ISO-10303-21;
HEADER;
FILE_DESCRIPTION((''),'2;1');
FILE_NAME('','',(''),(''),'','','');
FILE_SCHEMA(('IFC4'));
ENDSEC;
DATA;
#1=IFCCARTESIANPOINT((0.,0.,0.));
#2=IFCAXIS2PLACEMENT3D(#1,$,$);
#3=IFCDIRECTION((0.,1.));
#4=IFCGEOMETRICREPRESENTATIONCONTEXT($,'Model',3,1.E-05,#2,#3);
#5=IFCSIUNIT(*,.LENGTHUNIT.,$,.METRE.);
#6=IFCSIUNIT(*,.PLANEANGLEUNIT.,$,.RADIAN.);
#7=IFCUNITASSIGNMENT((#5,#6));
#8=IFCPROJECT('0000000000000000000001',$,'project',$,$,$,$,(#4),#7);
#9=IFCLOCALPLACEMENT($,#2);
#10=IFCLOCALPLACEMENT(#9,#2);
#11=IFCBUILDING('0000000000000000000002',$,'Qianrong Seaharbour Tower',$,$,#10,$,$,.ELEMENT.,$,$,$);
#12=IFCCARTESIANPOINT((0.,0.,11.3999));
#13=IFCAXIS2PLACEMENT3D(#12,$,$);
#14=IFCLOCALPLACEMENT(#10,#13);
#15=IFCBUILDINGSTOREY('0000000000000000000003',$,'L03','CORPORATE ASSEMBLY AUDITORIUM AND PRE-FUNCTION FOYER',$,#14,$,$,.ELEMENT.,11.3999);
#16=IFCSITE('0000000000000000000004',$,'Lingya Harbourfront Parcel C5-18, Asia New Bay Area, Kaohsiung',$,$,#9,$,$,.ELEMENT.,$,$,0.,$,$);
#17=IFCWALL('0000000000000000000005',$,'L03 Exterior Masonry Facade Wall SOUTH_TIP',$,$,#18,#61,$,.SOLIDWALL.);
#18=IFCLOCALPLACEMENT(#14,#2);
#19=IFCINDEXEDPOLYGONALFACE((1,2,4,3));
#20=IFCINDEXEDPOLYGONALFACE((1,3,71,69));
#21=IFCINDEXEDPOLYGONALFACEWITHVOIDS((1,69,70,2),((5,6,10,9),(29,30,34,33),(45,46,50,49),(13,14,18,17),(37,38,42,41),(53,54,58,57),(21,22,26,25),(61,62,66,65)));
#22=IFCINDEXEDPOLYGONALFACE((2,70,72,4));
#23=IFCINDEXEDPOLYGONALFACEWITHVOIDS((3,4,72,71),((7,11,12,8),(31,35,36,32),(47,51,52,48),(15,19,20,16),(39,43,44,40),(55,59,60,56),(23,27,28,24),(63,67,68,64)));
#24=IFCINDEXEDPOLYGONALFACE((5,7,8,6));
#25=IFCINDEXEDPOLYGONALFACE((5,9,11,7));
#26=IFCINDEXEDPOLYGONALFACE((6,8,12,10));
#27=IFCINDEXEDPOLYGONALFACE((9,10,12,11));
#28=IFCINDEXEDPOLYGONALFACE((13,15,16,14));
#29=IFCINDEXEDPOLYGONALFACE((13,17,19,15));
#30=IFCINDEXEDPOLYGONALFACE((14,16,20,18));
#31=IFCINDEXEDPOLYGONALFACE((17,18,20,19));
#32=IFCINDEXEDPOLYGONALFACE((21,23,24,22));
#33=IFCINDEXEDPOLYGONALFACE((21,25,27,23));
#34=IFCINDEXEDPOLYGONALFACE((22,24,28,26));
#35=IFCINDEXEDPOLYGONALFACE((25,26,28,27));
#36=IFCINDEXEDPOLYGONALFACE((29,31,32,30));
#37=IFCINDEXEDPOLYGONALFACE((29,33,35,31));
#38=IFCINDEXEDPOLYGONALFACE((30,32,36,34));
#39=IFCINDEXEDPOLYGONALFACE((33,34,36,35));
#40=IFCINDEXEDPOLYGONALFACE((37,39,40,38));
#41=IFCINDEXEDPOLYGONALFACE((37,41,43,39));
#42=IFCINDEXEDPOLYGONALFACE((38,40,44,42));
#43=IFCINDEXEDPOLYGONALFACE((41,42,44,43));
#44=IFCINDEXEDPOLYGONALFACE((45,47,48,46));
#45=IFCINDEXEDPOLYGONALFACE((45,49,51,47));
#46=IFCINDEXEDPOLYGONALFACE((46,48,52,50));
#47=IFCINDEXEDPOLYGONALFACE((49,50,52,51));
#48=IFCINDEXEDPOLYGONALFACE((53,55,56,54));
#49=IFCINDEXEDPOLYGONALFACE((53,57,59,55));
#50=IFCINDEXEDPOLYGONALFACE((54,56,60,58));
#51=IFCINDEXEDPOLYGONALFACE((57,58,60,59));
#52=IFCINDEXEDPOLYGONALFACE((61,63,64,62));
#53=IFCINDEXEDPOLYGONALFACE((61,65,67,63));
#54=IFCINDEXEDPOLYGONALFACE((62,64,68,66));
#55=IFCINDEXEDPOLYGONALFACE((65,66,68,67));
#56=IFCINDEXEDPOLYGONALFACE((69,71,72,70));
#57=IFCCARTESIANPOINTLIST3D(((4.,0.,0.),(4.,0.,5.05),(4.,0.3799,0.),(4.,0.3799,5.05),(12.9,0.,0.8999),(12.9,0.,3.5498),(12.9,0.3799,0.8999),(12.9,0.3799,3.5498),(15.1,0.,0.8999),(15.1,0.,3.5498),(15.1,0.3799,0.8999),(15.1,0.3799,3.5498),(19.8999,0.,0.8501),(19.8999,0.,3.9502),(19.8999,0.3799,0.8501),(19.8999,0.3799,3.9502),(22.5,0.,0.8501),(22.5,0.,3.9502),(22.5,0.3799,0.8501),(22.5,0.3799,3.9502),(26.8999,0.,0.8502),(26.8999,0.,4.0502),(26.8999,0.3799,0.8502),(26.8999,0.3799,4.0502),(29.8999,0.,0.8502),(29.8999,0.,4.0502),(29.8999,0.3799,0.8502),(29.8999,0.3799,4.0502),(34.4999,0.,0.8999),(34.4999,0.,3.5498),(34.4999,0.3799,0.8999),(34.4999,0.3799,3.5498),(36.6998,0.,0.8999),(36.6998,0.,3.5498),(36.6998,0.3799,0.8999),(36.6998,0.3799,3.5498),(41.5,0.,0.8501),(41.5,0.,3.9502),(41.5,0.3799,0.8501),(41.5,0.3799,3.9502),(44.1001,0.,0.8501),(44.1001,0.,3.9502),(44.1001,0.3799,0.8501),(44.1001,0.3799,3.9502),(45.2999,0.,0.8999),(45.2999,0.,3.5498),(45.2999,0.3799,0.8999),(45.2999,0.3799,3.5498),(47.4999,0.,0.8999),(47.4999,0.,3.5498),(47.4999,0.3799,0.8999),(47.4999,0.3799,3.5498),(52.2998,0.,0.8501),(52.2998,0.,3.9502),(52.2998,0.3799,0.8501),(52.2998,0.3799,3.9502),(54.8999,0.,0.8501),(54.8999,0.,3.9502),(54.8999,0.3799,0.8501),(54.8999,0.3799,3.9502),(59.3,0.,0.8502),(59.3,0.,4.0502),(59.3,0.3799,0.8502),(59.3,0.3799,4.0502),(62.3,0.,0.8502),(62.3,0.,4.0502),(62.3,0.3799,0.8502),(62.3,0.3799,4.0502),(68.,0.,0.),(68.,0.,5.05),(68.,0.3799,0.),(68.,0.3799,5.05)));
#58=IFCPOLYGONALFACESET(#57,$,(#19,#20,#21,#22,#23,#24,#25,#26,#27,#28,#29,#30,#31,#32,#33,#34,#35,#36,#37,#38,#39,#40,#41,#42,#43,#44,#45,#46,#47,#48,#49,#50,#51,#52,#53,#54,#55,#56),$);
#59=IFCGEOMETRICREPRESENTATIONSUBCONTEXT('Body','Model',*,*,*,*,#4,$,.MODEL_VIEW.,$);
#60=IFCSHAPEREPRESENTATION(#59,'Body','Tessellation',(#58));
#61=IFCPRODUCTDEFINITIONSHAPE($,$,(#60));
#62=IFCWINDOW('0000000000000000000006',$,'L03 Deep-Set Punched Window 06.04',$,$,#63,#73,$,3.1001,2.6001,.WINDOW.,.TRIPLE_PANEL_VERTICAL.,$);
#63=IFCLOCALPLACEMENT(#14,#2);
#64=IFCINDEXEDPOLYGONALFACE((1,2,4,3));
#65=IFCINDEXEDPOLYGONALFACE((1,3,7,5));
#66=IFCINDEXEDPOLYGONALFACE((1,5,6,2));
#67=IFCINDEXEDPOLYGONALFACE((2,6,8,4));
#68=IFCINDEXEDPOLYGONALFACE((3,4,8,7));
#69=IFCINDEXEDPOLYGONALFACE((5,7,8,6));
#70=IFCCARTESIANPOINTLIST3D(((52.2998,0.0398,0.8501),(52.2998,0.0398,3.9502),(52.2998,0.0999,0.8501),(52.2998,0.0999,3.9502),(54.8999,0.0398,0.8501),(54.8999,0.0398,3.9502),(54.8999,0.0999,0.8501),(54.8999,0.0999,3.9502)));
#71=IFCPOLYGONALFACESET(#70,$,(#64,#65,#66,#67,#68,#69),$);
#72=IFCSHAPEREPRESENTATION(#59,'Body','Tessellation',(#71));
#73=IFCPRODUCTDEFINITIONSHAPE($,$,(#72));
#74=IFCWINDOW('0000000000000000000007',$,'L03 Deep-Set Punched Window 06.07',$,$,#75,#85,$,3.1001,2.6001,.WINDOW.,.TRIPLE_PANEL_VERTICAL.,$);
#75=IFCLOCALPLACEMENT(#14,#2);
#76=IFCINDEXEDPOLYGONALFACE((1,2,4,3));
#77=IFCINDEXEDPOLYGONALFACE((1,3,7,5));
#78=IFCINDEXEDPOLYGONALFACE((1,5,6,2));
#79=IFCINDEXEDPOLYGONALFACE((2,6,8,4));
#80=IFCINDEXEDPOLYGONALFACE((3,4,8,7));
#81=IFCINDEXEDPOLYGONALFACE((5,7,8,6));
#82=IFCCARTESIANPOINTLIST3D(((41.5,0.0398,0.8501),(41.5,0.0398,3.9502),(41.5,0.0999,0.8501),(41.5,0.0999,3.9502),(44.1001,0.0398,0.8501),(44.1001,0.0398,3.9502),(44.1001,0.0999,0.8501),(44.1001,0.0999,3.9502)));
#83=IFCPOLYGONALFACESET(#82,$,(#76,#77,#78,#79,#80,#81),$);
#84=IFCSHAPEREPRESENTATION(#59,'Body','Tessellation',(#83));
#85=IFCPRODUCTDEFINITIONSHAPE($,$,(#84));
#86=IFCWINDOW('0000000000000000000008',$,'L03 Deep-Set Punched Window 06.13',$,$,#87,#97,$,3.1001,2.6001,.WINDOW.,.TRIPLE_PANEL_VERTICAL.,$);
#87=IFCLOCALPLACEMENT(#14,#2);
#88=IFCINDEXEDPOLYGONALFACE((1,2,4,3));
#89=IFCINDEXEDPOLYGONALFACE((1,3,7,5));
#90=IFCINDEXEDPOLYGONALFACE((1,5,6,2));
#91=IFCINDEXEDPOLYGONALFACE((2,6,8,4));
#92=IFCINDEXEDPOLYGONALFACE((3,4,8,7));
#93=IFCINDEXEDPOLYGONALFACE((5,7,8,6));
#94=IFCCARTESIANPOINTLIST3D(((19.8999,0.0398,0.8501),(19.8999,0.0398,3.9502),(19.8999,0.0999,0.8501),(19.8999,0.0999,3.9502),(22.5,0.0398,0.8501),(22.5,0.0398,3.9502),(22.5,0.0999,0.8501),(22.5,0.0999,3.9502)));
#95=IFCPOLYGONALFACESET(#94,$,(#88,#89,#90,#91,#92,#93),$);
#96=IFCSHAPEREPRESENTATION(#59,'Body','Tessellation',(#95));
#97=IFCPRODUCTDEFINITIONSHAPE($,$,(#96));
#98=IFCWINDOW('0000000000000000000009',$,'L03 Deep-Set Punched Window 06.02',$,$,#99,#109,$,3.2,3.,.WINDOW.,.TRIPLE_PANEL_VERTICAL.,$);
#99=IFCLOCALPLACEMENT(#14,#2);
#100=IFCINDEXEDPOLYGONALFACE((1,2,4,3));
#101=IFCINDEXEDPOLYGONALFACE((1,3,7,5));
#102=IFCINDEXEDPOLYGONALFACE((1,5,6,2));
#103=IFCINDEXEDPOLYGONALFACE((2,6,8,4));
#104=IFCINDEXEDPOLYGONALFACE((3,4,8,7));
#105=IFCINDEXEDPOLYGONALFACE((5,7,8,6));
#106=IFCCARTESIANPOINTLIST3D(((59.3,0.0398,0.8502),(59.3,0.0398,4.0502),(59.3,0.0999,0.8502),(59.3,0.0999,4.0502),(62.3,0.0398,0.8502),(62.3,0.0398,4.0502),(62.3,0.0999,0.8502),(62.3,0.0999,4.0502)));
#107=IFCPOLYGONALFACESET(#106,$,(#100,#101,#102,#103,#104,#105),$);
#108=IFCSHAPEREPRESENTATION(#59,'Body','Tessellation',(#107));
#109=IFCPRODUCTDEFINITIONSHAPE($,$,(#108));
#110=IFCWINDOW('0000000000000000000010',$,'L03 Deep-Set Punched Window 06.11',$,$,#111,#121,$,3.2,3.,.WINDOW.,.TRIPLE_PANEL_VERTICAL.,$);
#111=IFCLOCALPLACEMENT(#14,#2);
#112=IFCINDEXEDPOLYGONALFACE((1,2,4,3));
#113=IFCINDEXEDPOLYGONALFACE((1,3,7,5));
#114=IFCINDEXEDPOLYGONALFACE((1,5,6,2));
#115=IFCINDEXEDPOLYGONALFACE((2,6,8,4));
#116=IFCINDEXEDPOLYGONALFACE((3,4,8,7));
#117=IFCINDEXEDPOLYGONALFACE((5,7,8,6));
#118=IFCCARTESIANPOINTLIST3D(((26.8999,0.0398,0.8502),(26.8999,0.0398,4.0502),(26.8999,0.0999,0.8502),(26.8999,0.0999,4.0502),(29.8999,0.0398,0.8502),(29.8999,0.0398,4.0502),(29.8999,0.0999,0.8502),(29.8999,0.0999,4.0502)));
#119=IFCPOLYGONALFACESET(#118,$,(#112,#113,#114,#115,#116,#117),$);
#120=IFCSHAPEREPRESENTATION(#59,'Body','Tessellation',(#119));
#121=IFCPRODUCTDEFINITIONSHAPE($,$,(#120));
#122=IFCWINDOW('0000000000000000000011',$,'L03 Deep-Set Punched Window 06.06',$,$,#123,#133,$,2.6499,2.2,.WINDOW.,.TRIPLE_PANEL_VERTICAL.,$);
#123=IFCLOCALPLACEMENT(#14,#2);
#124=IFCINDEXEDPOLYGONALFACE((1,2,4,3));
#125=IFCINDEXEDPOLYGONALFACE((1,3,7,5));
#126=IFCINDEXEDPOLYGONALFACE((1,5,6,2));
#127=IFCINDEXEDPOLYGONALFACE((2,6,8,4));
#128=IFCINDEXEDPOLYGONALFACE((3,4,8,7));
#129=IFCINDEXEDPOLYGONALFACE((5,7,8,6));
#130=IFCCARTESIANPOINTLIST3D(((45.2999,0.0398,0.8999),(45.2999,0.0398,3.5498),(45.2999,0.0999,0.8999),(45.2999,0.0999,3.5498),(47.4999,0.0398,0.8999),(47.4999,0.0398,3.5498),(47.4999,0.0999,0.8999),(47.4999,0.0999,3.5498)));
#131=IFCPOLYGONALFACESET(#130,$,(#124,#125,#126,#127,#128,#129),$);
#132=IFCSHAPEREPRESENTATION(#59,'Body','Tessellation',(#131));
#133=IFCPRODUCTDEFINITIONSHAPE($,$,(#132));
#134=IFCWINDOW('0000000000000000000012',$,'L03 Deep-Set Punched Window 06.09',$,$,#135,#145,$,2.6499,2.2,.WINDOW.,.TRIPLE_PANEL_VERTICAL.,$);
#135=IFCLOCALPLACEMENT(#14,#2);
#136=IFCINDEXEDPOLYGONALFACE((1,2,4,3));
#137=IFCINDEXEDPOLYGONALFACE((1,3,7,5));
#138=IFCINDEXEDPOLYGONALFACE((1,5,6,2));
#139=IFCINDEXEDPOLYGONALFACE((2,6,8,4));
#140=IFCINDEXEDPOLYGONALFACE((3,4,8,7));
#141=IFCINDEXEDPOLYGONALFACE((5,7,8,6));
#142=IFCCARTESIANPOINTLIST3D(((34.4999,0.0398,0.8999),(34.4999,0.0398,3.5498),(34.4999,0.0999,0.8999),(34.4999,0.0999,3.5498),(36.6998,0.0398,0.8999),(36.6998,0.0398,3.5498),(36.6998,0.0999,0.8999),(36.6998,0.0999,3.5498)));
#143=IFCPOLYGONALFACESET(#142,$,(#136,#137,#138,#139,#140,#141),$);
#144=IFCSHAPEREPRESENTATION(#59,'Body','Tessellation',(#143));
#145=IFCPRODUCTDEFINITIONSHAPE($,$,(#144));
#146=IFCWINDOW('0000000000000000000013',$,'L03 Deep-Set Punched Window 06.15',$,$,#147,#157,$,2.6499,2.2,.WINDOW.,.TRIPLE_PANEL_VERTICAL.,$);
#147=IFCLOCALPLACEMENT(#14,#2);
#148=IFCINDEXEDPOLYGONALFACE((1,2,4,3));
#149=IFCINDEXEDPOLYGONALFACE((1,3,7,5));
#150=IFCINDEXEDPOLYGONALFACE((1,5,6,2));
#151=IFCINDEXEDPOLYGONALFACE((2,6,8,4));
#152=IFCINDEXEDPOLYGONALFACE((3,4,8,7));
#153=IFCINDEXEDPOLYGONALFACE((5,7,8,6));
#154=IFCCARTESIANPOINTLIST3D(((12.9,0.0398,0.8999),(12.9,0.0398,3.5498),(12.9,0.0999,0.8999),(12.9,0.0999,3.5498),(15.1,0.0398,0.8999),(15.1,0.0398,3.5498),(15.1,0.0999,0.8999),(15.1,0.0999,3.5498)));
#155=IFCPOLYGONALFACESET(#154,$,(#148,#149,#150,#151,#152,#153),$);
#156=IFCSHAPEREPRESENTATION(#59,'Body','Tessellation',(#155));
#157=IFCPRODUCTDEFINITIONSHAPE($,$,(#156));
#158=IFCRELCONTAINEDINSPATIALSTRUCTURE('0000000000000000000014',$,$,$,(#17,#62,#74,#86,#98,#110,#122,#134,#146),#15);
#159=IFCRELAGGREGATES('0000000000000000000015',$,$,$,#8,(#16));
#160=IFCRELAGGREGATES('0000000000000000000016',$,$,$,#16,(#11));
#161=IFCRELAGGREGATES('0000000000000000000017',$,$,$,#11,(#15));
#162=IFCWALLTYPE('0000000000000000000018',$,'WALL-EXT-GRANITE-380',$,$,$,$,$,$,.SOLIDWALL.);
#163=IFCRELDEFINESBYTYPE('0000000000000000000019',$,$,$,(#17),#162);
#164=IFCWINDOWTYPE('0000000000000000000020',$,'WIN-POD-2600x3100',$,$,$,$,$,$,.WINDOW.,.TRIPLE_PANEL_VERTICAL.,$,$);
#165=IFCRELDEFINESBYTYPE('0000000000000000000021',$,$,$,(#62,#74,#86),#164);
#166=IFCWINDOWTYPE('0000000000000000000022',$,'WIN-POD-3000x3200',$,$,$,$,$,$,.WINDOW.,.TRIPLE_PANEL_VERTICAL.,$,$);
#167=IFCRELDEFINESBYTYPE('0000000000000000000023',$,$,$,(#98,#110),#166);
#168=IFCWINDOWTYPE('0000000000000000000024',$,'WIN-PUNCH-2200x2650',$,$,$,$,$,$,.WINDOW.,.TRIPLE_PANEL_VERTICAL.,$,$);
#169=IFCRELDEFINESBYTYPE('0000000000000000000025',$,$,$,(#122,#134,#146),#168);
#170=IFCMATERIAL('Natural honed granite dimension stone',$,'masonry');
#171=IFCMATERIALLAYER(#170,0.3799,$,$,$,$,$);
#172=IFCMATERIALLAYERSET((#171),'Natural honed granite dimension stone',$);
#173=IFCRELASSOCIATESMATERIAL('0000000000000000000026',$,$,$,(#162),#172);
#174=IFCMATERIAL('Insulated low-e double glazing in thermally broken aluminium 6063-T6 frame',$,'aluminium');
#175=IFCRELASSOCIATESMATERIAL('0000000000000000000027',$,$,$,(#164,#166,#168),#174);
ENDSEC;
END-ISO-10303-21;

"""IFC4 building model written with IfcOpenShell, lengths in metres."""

from ifc_helpers import new_model, si_unit, direction, frame, frame_2d, origin, place, context, subcontext, project, spatial, rectangle, extrude, material, layer, layer_set, type_object, element, fill, save


model = new_model("IFC4")

# Units and contexts
model_context = context("Model", 3, precision=1e-05, world=origin(), true_north=direction((0.0, 1.0)))
body_context = subcontext(model_context, "Body", "Model", "MODEL_VIEW")
ifc_project = project(units=[si_unit("LENGTHUNIT", "METRE"), si_unit("PLANEANGLEUNIT", "RADIAN")], contexts=[model_context])

# Site, building, storey
site_placement = place(None, origin())
site = spatial("IfcSite", under=ifc_project, at=site_placement, Name="Lingya Harbourfront Parcel C5-18, Asia New Bay Area, Kaohsiung", CompositionType="ELEMENT", RefElevation=0.0)
building_placement = place(site_placement, origin())
building = spatial("IfcBuilding", under=site, at=building_placement, Name="Qianrong Seaharbour Tower", CompositionType="ELEMENT")
storey_placement = place(building_placement, frame((0.0, 0.0, 11.3999)))
storey = spatial("IfcBuildingStorey", under=building, at=storey_placement, Name="L03", Description="CORPORATE ASSEMBLY AUDITORIUM AND PRE-FUNCTION FOYER", CompositionType="ELEMENT", Elevation=11.3999)

# Shared definitions
ifc_material_1 = material(Name="Natural honed granite dimension stone", Category="masonry")
ifc_layer = layer(ifc_material_1, 0.3799)
ifc_layer_set = layer_set([ifc_layer], Name="Natural honed granite dimension stone")
wall_type = type_object("IfcWallType", Name="WALL-EXT-GRANITE-380", PredefinedType="SOLIDWALL", material=ifc_layer_set)

# Wall, openings, windows
wall_1_placement = place(storey_placement, frame((68.0, 0.1899, 0.0), z_axis=(0.0, 0.0, 1.0), x_axis=(-1.0, 0.0, 0.0)))
wall_1 = element("IfcWall", 1, at=wall_1_placement, inside=storey, type_object=wall_type, Name="L03 Exterior Masonry Facade Wall SOUTH_TIP", PredefinedType="SOLIDWALL", context=body_context, shape_type="SweptSolid", body=[
    extrude(rectangle(XDim=64.0, YDim=0.3799, at=frame_2d((32.0, 0.0))), origin(), (0.0, 0.0, 1.0), 5.05),
])
opening_1_placement = place(wall_1_placement, frame((5.7, 0.0, 0.8501)))
opening_1 = element("IfcOpeningElement", 2, at=opening_1_placement, cuts=wall_1, PredefinedType="OPENING", context=body_context, shape_type="SweptSolid", body=[
    extrude(rectangle(XDim=3.0, YDim=3.2, at=frame_2d((1.5, 1.6001))), frame((0.0, 0.2, 0.0), z_axis=(0.0, -1.0, 0.0), x_axis=(1.0, 0.0, 0.0)), (0.0, 0.0, 1.0), 0.3999),
])
opening_2_placement = place(wall_1_placement, frame((13.1001, 0.0, 0.8501)))
opening_2 = element("IfcOpeningElement", 3, at=opening_2_placement, cuts=wall_1, PredefinedType="OPENING", context=body_context, shape_type="SweptSolid", body=[
    extrude(rectangle(XDim=2.6001, YDim=3.1001, at=frame_2d((1.3, 1.55))), frame((0.0, 0.2, 0.0), z_axis=(0.0, -1.0, 0.0), x_axis=(1.0, 0.0, 0.0)), (0.0, 0.0, 1.0), 0.3999),
])
opening_3_placement = place(wall_1_placement, frame((20.5, 0.0, 0.8999)))
opening_3 = element("IfcOpeningElement", 4, at=opening_3_placement, cuts=wall_1, PredefinedType="OPENING", context=body_context, shape_type="SweptSolid", body=[
    extrude(rectangle(XDim=2.2, YDim=2.6499, at=frame_2d((1.1001, 1.325))), frame((0.0, 0.2, 0.0), z_axis=(0.0, -1.0, 0.0), x_axis=(1.0, 0.0, 0.0)), (0.0, 0.0, 1.0), 0.3999),
])
opening_4_placement = place(wall_1_placement, frame((23.8999, 0.0, 0.8501)))
opening_4 = element("IfcOpeningElement", 5, at=opening_4_placement, cuts=wall_1, PredefinedType="OPENING", context=body_context, shape_type="SweptSolid", body=[
    extrude(rectangle(XDim=2.6001, YDim=3.1001, at=frame_2d((1.3, 1.55))), frame((0.0, 0.2, 0.0), z_axis=(0.0, -1.0, 0.0), x_axis=(1.0, 0.0, 0.0)), (0.0, 0.0, 1.0), 0.3999),
])
opening_5_placement = place(wall_1_placement, frame((31.3, 0.0, 0.8999)))
opening_5 = element("IfcOpeningElement", 6, at=opening_5_placement, cuts=wall_1, PredefinedType="OPENING", context=body_context, shape_type="SweptSolid", body=[
    extrude(rectangle(XDim=2.2, YDim=2.6499, at=frame_2d((1.1001, 1.325))), frame((0.0, 0.2, 0.0), z_axis=(0.0, -1.0, 0.0), x_axis=(1.0, 0.0, 0.0)), (0.0, 0.0, 1.0), 0.3999),
])
opening_6_placement = place(wall_1_placement, frame((38.1001, 0.0, 0.8501)))
opening_6 = element("IfcOpeningElement", 7, at=opening_6_placement, cuts=wall_1, PredefinedType="OPENING", context=body_context, shape_type="SweptSolid", body=[
    extrude(rectangle(XDim=3.0, YDim=3.2, at=frame_2d((1.5, 1.6001))), frame((0.0, 0.2, 0.0), z_axis=(0.0, -1.0, 0.0), x_axis=(1.0, 0.0, 0.0)), (0.0, 0.0, 1.0), 0.3999),
])
opening_7_placement = place(wall_1_placement, frame((45.5, 0.0, 0.8501)))
opening_7 = element("IfcOpeningElement", 8, at=opening_7_placement, cuts=wall_1, PredefinedType="OPENING", context=body_context, shape_type="SweptSolid", body=[
    extrude(rectangle(XDim=2.6001, YDim=3.1001, at=frame_2d((1.3, 1.55))), frame((0.0, 0.2, 0.0), z_axis=(0.0, -1.0, 0.0), x_axis=(1.0, 0.0, 0.0)), (0.0, 0.0, 1.0), 0.3999),
])
opening_8_placement = place(wall_1_placement, frame((52.8999, 0.0, 0.8999)))
opening_8 = element("IfcOpeningElement", 9, at=opening_8_placement, cuts=wall_1, PredefinedType="OPENING", context=body_context, shape_type="SweptSolid", body=[
    extrude(rectangle(XDim=2.2, YDim=2.6499, at=frame_2d((1.1001, 1.325))), frame((0.0, 0.2, 0.0), z_axis=(0.0, -1.0, 0.0), x_axis=(1.0, 0.0, 0.0)), (0.0, 0.0, 1.0), 0.3999),
])
ifc_material_2 = material(Name="Insulated low-e double glazing in thermally broken aluminium 6063-T6 frame", Category="aluminium")
window_type_1 = type_object("IfcWindowType", Name="WIN-POD-2600x3100", PartitioningType="TRIPLE_PANEL_VERTICAL", PredefinedType="WINDOW", material=ifc_material_2)
window_1_placement = place(opening_2_placement, origin())
window_1 = element("IfcWindow", 10, at=window_1_placement, inside=storey, type_object=window_type_1, Name="L03 Deep-Set Punched Window 06.04", OverallHeight=3.1001, OverallWidth=2.6001, PartitioningType="TRIPLE_PANEL_VERTICAL", PredefinedType="WINDOW", context=body_context, shape_type="SweptSolid", body=[
    extrude(rectangle(XDim=2.6001, YDim=3.1001, at=frame_2d((1.3, 1.55))), frame((0.0, 0.1501, 0.0), z_axis=(0.0, -1.0, 0.0), x_axis=(1.0, 0.0, 0.0)), (0.0, 0.0, 1.0), 0.0601),
])
fill(opening_2, window_1)
window_2_placement = place(opening_4_placement, origin())
window_2 = element("IfcWindow", 11, at=window_2_placement, inside=storey, type_object=window_type_1, Name="L03 Deep-Set Punched Window 06.07", OverallHeight=3.1001, OverallWidth=2.6001, PartitioningType="TRIPLE_PANEL_VERTICAL", PredefinedType="WINDOW", context=body_context, shape_type="SweptSolid", body=[
    extrude(rectangle(XDim=2.6001, YDim=3.1001, at=frame_2d((1.3, 1.55))), frame((0.0, 0.1501, 0.0), z_axis=(0.0, -1.0, 0.0), x_axis=(1.0, 0.0, 0.0)), (0.0, 0.0, 1.0), 0.0601),
])
fill(opening_4, window_2)
window_3_placement = place(opening_7_placement, origin())
window_3 = element("IfcWindow", 12, at=window_3_placement, inside=storey, type_object=window_type_1, Name="L03 Deep-Set Punched Window 06.13", OverallHeight=3.1001, OverallWidth=2.6001, PartitioningType="TRIPLE_PANEL_VERTICAL", PredefinedType="WINDOW", context=body_context, shape_type="SweptSolid", body=[
    extrude(rectangle(XDim=2.6001, YDim=3.1001, at=frame_2d((1.3, 1.55))), frame((0.0, 0.1501, 0.0), z_axis=(0.0, -1.0, 0.0), x_axis=(1.0, 0.0, 0.0)), (0.0, 0.0, 1.0), 0.0601),
])
fill(opening_7, window_3)
window_type_2 = type_object("IfcWindowType", Name="WIN-POD-3000x3200", PartitioningType="TRIPLE_PANEL_VERTICAL", PredefinedType="WINDOW", material=ifc_material_2)
window_4_placement = place(opening_1_placement, origin())
window_4 = element("IfcWindow", 13, at=window_4_placement, inside=storey, type_object=window_type_2, Name="L03 Deep-Set Punched Window 06.02", OverallHeight=3.2, OverallWidth=3.0, PartitioningType="TRIPLE_PANEL_VERTICAL", PredefinedType="WINDOW", context=body_context, shape_type="SweptSolid", body=[
    extrude(rectangle(XDim=3.0, YDim=3.2, at=frame_2d((1.5, 1.6001))), frame((0.0, 0.1501, 0.0), z_axis=(0.0, -1.0, 0.0), x_axis=(1.0, 0.0, 0.0)), (0.0, 0.0, 1.0), 0.0601),
])
fill(opening_1, window_4)
window_5_placement = place(opening_6_placement, origin())
window_5 = element("IfcWindow", 14, at=window_5_placement, inside=storey, type_object=window_type_2, Name="L03 Deep-Set Punched Window 06.11", OverallHeight=3.2, OverallWidth=3.0, PartitioningType="TRIPLE_PANEL_VERTICAL", PredefinedType="WINDOW", context=body_context, shape_type="SweptSolid", body=[
    extrude(rectangle(XDim=3.0, YDim=3.2, at=frame_2d((1.5, 1.6001))), frame((0.0, 0.1501, 0.0), z_axis=(0.0, -1.0, 0.0), x_axis=(1.0, 0.0, 0.0)), (0.0, 0.0, 1.0), 0.0601),
])
fill(opening_6, window_5)
window_type_3 = type_object("IfcWindowType", Name="WIN-PUNCH-2200x2650", PartitioningType="TRIPLE_PANEL_VERTICAL", PredefinedType="WINDOW", material=ifc_material_2)
window_6_placement = place(opening_3_placement, origin())
window_6 = element("IfcWindow", 15, at=window_6_placement, inside=storey, type_object=window_type_3, Name="L03 Deep-Set Punched Window 06.06", OverallHeight=2.6499, OverallWidth=2.2, PartitioningType="TRIPLE_PANEL_VERTICAL", PredefinedType="WINDOW", context=body_context, shape_type="SweptSolid", body=[
    extrude(rectangle(XDim=2.2, YDim=2.6499, at=frame_2d((1.1001, 1.325))), frame((0.0, 0.1501, 0.0), z_axis=(0.0, -1.0, 0.0), x_axis=(1.0, 0.0, 0.0)), (0.0, 0.0, 1.0), 0.0601),
])
fill(opening_3, window_6)
window_7_placement = place(opening_5_placement, origin())
window_7 = element("IfcWindow", 16, at=window_7_placement, inside=storey, type_object=window_type_3, Name="L03 Deep-Set Punched Window 06.09", OverallHeight=2.6499, OverallWidth=2.2, PartitioningType="TRIPLE_PANEL_VERTICAL", PredefinedType="WINDOW", context=body_context, shape_type="SweptSolid", body=[
    extrude(rectangle(XDim=2.2, YDim=2.6499, at=frame_2d((1.1001, 1.325))), frame((0.0, 0.1501, 0.0), z_axis=(0.0, -1.0, 0.0), x_axis=(1.0, 0.0, 0.0)), (0.0, 0.0, 1.0), 0.0601),
])
fill(opening_5, window_7)
window_8_placement = place(opening_8_placement, origin())
window_8 = element("IfcWindow", 17, at=window_8_placement, inside=storey, type_object=window_type_3, Name="L03 Deep-Set Punched Window 06.15", OverallHeight=2.6499, OverallWidth=2.2, PartitioningType="TRIPLE_PANEL_VERTICAL", PredefinedType="WINDOW", context=body_context, shape_type="SweptSolid", body=[
    extrude(rectangle(XDim=2.2, YDim=2.6499, at=frame_2d((1.1001, 1.325))), frame((0.0, 0.1501, 0.0), z_axis=(0.0, -1.0, 0.0), x_axis=(1.0, 0.0, 0.0)), (0.0, 0.0, 1.0), 0.0601),
])
fill(opening_8, window_8)

save(model, "model.ifc")
